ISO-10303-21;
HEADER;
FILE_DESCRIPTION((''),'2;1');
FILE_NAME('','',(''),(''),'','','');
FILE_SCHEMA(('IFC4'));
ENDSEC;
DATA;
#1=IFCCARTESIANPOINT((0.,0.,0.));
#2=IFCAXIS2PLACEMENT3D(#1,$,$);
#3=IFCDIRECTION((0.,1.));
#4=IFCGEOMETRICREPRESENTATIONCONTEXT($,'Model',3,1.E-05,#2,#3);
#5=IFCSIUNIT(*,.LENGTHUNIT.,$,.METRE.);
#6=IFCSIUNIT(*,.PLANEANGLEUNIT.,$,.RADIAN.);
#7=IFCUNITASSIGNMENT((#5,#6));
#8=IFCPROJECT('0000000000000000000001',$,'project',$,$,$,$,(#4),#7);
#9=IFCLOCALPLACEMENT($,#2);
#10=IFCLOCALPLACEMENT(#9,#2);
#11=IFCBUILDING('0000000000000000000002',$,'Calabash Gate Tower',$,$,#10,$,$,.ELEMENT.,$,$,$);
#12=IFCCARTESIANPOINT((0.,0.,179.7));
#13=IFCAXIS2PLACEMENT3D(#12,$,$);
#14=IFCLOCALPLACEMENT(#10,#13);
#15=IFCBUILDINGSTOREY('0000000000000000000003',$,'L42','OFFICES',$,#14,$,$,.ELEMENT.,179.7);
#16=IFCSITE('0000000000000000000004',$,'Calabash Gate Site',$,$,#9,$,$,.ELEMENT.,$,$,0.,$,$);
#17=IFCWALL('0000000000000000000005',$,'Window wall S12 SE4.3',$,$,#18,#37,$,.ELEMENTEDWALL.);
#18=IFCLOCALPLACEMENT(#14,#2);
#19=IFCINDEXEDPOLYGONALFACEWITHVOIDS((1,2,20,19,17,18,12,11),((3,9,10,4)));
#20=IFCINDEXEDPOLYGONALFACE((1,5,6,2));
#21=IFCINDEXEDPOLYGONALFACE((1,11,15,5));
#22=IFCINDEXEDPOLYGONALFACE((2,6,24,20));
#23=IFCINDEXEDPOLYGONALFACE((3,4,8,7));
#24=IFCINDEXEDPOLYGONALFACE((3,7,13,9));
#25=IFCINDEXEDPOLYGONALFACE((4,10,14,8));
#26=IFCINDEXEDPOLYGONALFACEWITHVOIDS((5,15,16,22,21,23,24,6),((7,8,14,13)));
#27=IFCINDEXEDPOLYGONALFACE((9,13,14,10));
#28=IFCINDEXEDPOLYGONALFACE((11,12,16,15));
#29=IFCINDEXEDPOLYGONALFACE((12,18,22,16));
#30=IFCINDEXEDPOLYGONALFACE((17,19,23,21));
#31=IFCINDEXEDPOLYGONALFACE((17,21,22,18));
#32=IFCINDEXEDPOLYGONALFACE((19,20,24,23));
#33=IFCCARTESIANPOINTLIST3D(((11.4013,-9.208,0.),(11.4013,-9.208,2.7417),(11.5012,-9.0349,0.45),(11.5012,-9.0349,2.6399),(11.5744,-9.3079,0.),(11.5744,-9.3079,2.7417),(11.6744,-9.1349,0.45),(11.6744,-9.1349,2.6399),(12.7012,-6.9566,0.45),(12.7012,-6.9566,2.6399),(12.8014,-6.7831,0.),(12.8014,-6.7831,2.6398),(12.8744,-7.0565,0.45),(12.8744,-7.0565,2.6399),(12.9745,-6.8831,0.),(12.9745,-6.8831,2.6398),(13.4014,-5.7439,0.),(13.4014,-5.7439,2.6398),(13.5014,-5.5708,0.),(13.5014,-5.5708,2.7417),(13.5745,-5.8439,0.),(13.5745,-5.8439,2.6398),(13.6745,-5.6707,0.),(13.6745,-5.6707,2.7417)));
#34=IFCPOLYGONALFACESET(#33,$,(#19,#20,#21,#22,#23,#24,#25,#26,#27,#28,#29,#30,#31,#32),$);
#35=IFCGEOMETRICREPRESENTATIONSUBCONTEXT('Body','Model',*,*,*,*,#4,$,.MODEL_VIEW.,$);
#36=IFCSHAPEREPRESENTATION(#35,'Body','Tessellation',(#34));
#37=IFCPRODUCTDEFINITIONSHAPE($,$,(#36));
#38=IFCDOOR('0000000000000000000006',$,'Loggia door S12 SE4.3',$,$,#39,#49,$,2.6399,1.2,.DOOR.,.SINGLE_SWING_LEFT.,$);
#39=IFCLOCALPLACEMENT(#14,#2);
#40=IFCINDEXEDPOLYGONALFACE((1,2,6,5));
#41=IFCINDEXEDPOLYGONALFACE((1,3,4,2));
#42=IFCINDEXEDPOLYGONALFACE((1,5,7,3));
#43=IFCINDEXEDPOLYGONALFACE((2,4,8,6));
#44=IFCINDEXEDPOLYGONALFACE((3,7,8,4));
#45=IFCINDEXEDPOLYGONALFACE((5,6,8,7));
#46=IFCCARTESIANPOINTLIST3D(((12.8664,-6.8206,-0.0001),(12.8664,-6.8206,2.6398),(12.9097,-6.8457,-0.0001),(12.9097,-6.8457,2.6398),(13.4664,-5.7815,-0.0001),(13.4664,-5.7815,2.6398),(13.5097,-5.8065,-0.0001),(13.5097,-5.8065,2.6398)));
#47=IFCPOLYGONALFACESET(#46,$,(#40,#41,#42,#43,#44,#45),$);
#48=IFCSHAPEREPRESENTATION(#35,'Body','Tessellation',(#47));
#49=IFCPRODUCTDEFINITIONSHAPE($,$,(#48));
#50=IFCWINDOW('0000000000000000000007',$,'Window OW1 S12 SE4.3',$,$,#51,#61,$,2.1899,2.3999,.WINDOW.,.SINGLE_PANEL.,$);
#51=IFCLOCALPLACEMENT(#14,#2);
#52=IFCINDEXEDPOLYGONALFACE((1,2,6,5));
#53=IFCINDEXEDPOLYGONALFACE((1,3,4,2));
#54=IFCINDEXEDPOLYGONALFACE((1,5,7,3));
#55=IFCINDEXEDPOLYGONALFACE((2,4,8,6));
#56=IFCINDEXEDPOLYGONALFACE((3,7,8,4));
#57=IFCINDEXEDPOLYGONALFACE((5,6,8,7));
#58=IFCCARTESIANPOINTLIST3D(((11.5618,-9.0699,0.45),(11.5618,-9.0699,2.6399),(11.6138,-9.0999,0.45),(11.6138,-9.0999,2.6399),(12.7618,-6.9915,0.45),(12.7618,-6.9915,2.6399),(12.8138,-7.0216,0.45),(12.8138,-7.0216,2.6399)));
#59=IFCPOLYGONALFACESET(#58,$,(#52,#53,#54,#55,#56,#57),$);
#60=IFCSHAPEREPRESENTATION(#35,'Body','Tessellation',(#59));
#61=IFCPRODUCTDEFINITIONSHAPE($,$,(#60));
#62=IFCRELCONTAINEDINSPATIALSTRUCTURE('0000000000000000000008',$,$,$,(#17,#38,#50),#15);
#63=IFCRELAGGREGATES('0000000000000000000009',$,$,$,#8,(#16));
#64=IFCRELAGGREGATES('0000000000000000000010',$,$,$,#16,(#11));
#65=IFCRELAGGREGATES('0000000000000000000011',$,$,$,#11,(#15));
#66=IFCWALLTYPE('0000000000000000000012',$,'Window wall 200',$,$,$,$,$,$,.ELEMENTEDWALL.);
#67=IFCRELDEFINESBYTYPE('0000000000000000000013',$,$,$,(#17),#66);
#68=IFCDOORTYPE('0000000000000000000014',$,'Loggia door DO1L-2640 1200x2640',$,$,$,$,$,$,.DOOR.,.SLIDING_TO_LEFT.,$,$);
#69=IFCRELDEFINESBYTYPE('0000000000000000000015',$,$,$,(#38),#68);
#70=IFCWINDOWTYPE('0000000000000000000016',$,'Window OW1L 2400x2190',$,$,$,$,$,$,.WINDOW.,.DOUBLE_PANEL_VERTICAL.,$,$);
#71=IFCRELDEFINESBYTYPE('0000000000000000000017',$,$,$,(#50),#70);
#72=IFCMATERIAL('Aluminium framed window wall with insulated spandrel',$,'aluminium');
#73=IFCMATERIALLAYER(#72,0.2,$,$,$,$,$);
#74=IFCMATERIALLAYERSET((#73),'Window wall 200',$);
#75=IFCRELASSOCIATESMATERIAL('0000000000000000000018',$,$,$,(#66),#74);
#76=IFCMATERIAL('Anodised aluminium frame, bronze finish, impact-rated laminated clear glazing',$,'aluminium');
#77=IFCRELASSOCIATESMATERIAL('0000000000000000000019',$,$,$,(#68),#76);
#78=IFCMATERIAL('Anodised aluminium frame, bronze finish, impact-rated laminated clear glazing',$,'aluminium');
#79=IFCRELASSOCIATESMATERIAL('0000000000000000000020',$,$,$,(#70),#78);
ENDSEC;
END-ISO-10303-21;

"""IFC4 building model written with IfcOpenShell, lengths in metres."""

from ifc_helpers import new_model, si_unit, direction, frame, frame_2d, origin, place, context, subcontext, project, spatial, rectangle, extrude, material, layer, layer_set, type_object, element, fill, save


model = new_model("IFC4")

# Units and contexts
model_context = context("Model", 3, precision=1e-05, world=origin(), true_north=direction((0.0, 1.0)))
body_context = subcontext(model_context, "Body", "Model", "MODEL_VIEW")
ifc_project = project(units=[si_unit("LENGTHUNIT", "METRE"), si_unit("PLANEANGLEUNIT", "RADIAN")], contexts=[model_context])

# Site, building, storey
site_placement = place(None, origin())
site = spatial("IfcSite", under=ifc_project, at=site_placement, Name="Calabash Gate Site", CompositionType="ELEMENT", RefElevation=0.0)
building_placement = place(site_placement, origin())
building = spatial("IfcBuilding", under=site, at=building_placement, Name="Calabash Gate Tower", CompositionType="ELEMENT")
storey_placement = place(building_placement, frame((0.0, 0.0, 179.7)))
storey = spatial("IfcBuildingStorey", under=building, at=storey_placement, Name="L42", Description="OFFICES", CompositionType="ELEMENT", Elevation=179.7)

# Wall, openings, door, window
ifc_material_1 = material(Name="Aluminium framed window wall with insulated spandrel", Category="aluminium")
ifc_layer_1 = layer(ifc_material_1, 0.2)
ifc_layer_set_1 = layer_set([ifc_layer_1], Name="Window wall 200")
wall_type_1 = type_object("IfcWallType", Name="Window wall 200", PredefinedType="ELEMENTEDWALL", material=ifc_layer_set_1)
wall_1_placement = place(storey_placement, frame((11.4878, -9.2581, 0.0), z_axis=(0.0, 0.0, 1.0), x_axis=(0.500028, 0.866009, 0.0)))
wall_1 = element("IfcWall", 1, at=wall_1_placement, inside=storey, type_object=wall_type_1, Name="Window wall S12 SE4.3", PredefinedType="ELEMENTEDWALL", context=body_context, shape_type="SweptSolid", body=[
    extrude(rectangle(XDim=4.2, YDim=0.2, at=frame_2d((2.1001, 0.0))), origin(), (0.0, 0.0, 1.0), 2.7417),
])
opening_1_placement = place(wall_1_placement, frame((0.2, 0.0, 0.45)))
opening_1 = element("IfcOpeningElement", 2, at=opening_1_placement, cuts=wall_1, PredefinedType="OPENING", context=body_context, shape_type="SweptSolid", body=[
    extrude(rectangle(XDim=2.3999, YDim=2.1899, at=frame_2d((1.2, 1.095))), frame((0.0, 0.1099, 0.0), z_axis=(0.0, -1.0, 0.0), x_axis=(1.0, 0.0, 0.0)), (0.0, 0.0, 1.0), 0.22),
])
opening_2_placement = place(wall_1_placement, frame((2.8, 0.0, 0.0)))
opening_2 = element("IfcOpeningElement", 3, at=opening_2_placement, cuts=wall_1, PredefinedType="OPENING", context=body_context, shape_type="SweptSolid", body=[
    extrude(rectangle(XDim=1.2, YDim=2.6399, at=frame_2d((0.6001, 1.3198))), frame((0.0, 0.1099, 0.0), z_axis=(0.0, -1.0, 0.0), x_axis=(1.0, 0.0, 0.0)), (0.0, 0.0, 1.0), 0.22),
])
ifc_material_2 = material(Name="Anodised aluminium frame, bronze finish, impact-rated laminated clear glazing", Category="aluminium")
door_type_1 = type_object("IfcDoorType", Name="Loggia door DO1L-2640 1200x2640", OperationType="SLIDING_TO_LEFT", PredefinedType="DOOR", material=ifc_material_2)
door_1_placement = place(opening_2_placement, origin())
door_1 = element("IfcDoor", 4, at=door_1_placement, inside=storey, type_object=door_type_1, Name="Loggia door S12 SE4.3", OperationType="SINGLE_SWING_LEFT", OverallHeight=2.6399, OverallWidth=1.2, PredefinedType="DOOR", context=body_context, shape_type="SweptSolid", body=[
    extrude(rectangle(XDim=1.2, YDim=2.6399, at=frame_2d((0.6001, 1.3198))), frame((0.0, 0.0249, 0.0), z_axis=(0.0, -1.0, 0.0), x_axis=(1.0, 0.0, 0.0)), (0.0, 0.0, 1.0), 0.05),
])
fill(opening_2, door_1)
ifc_material_3 = material(Name="Anodised aluminium frame, bronze finish, impact-rated laminated clear glazing", Category="aluminium")
window_type = type_object("IfcWindowType", Name="Window OW1L 2400x2190", PartitioningType="DOUBLE_PANEL_VERTICAL", PredefinedType="WINDOW", material=ifc_material_3)
window_placement = place(opening_1_placement, origin())
window = element("IfcWindow", 5, at=window_placement, inside=storey, type_object=window_type, Name="Window OW1 S12 SE4.3", OverallHeight=2.1899, OverallWidth=2.3999, PartitioningType="SINGLE_PANEL", PredefinedType="WINDOW", context=body_context, shape_type="SweptSolid", body=[
    extrude(rectangle(XDim=2.3999, YDim=2.1899, at=frame_2d((1.2, 1.095))), frame((0.0, 0.03, 0.0), z_axis=(0.0, -1.0, 0.0), x_axis=(1.0, 0.0, 0.0)), (0.0, 0.0, 1.0), 0.0601),
])
fill(opening_1, window)

save(model, "model.ifc")
